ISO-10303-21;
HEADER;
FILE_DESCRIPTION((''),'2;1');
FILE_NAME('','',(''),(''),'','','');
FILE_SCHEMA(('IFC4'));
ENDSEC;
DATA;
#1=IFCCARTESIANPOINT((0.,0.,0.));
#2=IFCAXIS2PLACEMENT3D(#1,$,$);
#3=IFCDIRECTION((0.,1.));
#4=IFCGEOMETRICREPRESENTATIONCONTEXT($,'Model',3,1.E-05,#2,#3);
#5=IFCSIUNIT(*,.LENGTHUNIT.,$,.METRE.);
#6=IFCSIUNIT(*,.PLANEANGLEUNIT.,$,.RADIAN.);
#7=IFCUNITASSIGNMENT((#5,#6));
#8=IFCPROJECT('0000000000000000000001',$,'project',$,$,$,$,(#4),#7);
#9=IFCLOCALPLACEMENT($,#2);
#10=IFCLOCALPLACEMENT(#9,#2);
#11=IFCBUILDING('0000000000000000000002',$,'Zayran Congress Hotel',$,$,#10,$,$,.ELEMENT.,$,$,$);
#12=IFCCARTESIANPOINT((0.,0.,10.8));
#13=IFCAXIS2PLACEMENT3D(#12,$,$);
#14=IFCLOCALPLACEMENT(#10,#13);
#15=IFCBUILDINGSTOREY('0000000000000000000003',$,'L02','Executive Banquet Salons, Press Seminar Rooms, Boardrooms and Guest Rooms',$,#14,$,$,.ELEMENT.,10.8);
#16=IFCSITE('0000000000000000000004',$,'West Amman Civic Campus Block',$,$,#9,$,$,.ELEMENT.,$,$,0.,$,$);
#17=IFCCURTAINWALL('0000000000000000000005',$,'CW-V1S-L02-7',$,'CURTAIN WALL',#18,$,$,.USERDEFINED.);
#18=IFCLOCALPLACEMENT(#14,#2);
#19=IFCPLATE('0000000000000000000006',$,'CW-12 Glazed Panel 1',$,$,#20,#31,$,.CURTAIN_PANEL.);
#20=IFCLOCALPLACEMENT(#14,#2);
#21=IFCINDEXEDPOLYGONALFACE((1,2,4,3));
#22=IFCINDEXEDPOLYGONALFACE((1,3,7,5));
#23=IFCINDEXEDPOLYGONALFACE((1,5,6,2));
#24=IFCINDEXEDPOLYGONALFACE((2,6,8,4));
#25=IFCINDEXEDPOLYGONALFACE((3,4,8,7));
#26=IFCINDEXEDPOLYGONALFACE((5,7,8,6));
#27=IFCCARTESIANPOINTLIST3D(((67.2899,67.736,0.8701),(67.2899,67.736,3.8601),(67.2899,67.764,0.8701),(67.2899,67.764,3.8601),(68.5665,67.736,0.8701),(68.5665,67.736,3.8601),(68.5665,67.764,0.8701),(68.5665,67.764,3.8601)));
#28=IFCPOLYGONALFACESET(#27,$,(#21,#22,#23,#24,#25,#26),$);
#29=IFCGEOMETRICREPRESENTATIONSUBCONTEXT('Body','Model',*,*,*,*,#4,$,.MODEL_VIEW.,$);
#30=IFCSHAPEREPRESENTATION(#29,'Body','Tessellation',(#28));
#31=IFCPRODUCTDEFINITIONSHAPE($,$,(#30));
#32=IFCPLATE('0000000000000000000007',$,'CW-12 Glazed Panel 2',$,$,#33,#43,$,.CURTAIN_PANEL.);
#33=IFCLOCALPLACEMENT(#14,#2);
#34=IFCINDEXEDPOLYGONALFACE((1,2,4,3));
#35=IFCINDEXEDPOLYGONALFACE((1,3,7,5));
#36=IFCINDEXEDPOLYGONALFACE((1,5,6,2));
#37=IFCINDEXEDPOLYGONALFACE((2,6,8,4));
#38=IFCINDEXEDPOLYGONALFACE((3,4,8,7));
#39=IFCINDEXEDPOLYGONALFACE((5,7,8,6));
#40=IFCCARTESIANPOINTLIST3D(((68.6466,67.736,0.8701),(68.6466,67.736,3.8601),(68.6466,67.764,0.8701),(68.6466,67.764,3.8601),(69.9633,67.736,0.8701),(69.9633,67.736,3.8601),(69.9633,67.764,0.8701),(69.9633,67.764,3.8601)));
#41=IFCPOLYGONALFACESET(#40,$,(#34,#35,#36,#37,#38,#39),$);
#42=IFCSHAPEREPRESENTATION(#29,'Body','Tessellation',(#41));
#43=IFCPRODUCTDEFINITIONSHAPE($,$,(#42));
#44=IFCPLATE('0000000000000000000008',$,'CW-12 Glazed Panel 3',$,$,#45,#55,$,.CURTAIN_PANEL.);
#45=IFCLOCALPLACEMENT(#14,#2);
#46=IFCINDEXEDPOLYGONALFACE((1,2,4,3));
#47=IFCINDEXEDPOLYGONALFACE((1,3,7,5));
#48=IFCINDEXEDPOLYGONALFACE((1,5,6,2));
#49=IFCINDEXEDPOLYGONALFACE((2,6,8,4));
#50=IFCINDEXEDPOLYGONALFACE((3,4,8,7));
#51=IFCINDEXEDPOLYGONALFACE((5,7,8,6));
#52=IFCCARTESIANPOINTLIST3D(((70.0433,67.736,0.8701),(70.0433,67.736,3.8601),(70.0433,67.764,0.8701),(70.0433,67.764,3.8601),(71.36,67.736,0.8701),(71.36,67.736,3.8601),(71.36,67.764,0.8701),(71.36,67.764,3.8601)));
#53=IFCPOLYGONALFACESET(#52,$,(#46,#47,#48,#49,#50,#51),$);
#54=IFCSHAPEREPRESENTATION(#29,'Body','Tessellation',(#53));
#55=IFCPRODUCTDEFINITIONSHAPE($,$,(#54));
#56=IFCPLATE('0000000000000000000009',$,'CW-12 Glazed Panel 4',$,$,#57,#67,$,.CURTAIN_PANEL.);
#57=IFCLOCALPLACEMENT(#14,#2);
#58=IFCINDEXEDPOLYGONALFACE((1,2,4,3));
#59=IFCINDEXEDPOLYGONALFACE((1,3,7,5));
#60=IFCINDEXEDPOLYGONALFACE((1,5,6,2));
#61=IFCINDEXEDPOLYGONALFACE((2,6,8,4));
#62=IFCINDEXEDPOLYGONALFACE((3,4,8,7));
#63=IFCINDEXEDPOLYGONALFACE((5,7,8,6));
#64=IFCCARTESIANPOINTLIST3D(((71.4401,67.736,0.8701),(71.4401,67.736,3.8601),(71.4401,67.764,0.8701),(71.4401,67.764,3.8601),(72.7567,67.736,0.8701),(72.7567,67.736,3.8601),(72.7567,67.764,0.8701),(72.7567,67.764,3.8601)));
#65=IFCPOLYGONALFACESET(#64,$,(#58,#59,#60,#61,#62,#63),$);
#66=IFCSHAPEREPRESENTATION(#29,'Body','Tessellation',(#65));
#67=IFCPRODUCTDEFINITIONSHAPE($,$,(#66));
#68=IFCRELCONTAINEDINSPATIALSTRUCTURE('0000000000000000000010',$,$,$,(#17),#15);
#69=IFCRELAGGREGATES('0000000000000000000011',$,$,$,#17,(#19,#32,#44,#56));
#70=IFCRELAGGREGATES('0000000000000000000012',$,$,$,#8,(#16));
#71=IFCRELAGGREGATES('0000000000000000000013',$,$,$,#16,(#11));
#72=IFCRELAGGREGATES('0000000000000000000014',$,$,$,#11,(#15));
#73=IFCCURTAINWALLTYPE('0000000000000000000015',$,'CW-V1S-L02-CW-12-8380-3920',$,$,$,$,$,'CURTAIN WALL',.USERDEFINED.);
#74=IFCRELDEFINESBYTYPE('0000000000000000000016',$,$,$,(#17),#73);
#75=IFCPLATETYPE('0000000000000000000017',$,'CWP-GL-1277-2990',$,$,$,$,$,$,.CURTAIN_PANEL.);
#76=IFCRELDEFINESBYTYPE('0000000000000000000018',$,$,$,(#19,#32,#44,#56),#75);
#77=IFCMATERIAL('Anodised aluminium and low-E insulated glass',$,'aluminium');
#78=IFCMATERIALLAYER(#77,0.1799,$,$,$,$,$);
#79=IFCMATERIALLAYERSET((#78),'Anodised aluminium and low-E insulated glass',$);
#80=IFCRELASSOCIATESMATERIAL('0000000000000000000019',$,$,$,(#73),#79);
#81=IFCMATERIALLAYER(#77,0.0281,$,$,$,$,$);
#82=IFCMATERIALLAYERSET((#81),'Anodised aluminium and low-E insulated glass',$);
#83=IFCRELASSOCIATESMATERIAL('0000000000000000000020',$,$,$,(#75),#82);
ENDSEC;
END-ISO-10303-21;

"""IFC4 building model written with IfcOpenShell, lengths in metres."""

from ifc_helpers import new_model, si_unit, direction, frame, origin, origin_2d, place, context, subcontext, project, spatial, rectangle, extrude, material, layer, layer_set, type_object, element, aggregate, save


model = new_model("IFC4")

# Units and contexts
model_context = context("Model", 3, precision=1e-05, world=origin(), true_north=direction((0.0, 1.0)))
body_context = subcontext(model_context, "Body", "Model", "MODEL_VIEW")
ifc_project = project(units=[si_unit("LENGTHUNIT", "METRE"), si_unit("PLANEANGLEUNIT", "RADIAN")], contexts=[model_context])

# Site, building, storey
site_placement = place(None, origin())
site = spatial("IfcSite", under=ifc_project, at=site_placement, Name="West Amman Civic Campus Block", CompositionType="ELEMENT", RefElevation=0.0)
building_placement = place(site_placement, origin())
building = spatial("IfcBuilding", under=site, at=building_placement, Name="Zayran Congress Hotel", CompositionType="ELEMENT")
storey_placement = place(building_placement, frame((0.0, 0.0, 10.8)))
storey = spatial("IfcBuildingStorey", under=building, at=storey_placement, Name="L02", Description="Executive Banquet Salons, Press Seminar Rooms, Boardrooms and Guest Rooms", CompositionType="ELEMENT", Elevation=10.8)

# Curtain wall, plates
ifc_material_1 = material(Name="Anodised aluminium and low-E insulated glass", Category="aluminium")
ifc_layer_1 = layer(ifc_material_1, 0.1799)
ifc_layer_set_1 = layer_set([ifc_layer_1], Name="Anodised aluminium and low-E insulated glass")
curtain_wall_type = type_object("IfcCurtainWallType", Name="CW-V1S-L02-CW-12-8380-3920", ElementType="CURTAIN WALL", PredefinedType="USERDEFINED", material=ifc_layer_set_1)
curtain_wall_placement = place(storey_placement, origin())
curtain_wall = element("IfcCurtainWall", 1, at=curtain_wall_placement, inside=storey, type_object=curtain_wall_type, Name="CW-V1S-L02-7", ObjectType="CURTAIN WALL", PredefinedType="USERDEFINED")
ifc_layer_2 = layer(ifc_material_1, 0.0281)
ifc_layer_set_2 = layer_set([ifc_layer_2], Name="Anodised aluminium and low-E insulated glass")
plate_type_1 = type_object("IfcPlateType", Name="CWP-GL-1277-2990", PredefinedType="CURTAIN_PANEL", material=ifc_layer_set_2)
plate_1_placement = place(storey_placement, frame((67.9282, 67.75, 0.8701), z_axis=(0.0, 0.0, 1.0), x_axis=(1.0, 0.0, 0.0)))
plate_1 = element("IfcPlate", 2, at=plate_1_placement, type_object=plate_type_1, Name="CW-12 Glazed Panel 1", PredefinedType="CURTAIN_PANEL", context=body_context, shape_type="SweptSolid", body=[
    extrude(rectangle(XDim=1.2766, YDim=0.0281, at=origin_2d()), origin(), (0.0, 0.0, 1.0), 2.99),
])
plate_2_placement = place(storey_placement, frame((69.3049, 67.75, 0.8701), z_axis=(0.0, 0.0, 1.0), x_axis=(1.0, 0.0, 0.0)))
plate_2 = element("IfcPlate", 3, at=plate_2_placement, type_object=plate_type_1, Name="CW-12 Glazed Panel 2", PredefinedType="CURTAIN_PANEL", context=body_context, shape_type="SweptSolid", body=[
    extrude(rectangle(XDim=1.3167, YDim=0.0281, at=origin_2d()), origin(), (0.0, 0.0, 1.0), 2.99),
])
plate_3_placement = place(storey_placement, frame((70.7017, 67.75, 0.8701), z_axis=(0.0, 0.0, 1.0), x_axis=(1.0, 0.0, 0.0)))
plate_3 = element("IfcPlate", 4, at=plate_3_placement, type_object=plate_type_1, Name="CW-12 Glazed Panel 3", PredefinedType="CURTAIN_PANEL", context=body_context, shape_type="SweptSolid", body=[
    extrude(rectangle(XDim=1.3167, YDim=0.0281, at=origin_2d()), origin(), (0.0, 0.0, 1.0), 2.99),
])
plate_4_placement = place(storey_placement, frame((72.0984, 67.75, 0.8701), z_axis=(0.0, 0.0, 1.0), x_axis=(1.0, 0.0, 0.0)))
plate_4 = element("IfcPlate", 5, at=plate_4_placement, type_object=plate_type_1, Name="CW-12 Glazed Panel 4", PredefinedType="CURTAIN_PANEL", context=body_context, shape_type="SweptSolid", body=[
    extrude(rectangle(XDim=1.3167, YDim=0.0281, at=origin_2d()), origin(), (0.0, 0.0, 1.0), 2.99),
])
aggregate(curtain_wall, [plate_1, plate_2, plate_3, plate_4])

save(model, "model.ifc")
